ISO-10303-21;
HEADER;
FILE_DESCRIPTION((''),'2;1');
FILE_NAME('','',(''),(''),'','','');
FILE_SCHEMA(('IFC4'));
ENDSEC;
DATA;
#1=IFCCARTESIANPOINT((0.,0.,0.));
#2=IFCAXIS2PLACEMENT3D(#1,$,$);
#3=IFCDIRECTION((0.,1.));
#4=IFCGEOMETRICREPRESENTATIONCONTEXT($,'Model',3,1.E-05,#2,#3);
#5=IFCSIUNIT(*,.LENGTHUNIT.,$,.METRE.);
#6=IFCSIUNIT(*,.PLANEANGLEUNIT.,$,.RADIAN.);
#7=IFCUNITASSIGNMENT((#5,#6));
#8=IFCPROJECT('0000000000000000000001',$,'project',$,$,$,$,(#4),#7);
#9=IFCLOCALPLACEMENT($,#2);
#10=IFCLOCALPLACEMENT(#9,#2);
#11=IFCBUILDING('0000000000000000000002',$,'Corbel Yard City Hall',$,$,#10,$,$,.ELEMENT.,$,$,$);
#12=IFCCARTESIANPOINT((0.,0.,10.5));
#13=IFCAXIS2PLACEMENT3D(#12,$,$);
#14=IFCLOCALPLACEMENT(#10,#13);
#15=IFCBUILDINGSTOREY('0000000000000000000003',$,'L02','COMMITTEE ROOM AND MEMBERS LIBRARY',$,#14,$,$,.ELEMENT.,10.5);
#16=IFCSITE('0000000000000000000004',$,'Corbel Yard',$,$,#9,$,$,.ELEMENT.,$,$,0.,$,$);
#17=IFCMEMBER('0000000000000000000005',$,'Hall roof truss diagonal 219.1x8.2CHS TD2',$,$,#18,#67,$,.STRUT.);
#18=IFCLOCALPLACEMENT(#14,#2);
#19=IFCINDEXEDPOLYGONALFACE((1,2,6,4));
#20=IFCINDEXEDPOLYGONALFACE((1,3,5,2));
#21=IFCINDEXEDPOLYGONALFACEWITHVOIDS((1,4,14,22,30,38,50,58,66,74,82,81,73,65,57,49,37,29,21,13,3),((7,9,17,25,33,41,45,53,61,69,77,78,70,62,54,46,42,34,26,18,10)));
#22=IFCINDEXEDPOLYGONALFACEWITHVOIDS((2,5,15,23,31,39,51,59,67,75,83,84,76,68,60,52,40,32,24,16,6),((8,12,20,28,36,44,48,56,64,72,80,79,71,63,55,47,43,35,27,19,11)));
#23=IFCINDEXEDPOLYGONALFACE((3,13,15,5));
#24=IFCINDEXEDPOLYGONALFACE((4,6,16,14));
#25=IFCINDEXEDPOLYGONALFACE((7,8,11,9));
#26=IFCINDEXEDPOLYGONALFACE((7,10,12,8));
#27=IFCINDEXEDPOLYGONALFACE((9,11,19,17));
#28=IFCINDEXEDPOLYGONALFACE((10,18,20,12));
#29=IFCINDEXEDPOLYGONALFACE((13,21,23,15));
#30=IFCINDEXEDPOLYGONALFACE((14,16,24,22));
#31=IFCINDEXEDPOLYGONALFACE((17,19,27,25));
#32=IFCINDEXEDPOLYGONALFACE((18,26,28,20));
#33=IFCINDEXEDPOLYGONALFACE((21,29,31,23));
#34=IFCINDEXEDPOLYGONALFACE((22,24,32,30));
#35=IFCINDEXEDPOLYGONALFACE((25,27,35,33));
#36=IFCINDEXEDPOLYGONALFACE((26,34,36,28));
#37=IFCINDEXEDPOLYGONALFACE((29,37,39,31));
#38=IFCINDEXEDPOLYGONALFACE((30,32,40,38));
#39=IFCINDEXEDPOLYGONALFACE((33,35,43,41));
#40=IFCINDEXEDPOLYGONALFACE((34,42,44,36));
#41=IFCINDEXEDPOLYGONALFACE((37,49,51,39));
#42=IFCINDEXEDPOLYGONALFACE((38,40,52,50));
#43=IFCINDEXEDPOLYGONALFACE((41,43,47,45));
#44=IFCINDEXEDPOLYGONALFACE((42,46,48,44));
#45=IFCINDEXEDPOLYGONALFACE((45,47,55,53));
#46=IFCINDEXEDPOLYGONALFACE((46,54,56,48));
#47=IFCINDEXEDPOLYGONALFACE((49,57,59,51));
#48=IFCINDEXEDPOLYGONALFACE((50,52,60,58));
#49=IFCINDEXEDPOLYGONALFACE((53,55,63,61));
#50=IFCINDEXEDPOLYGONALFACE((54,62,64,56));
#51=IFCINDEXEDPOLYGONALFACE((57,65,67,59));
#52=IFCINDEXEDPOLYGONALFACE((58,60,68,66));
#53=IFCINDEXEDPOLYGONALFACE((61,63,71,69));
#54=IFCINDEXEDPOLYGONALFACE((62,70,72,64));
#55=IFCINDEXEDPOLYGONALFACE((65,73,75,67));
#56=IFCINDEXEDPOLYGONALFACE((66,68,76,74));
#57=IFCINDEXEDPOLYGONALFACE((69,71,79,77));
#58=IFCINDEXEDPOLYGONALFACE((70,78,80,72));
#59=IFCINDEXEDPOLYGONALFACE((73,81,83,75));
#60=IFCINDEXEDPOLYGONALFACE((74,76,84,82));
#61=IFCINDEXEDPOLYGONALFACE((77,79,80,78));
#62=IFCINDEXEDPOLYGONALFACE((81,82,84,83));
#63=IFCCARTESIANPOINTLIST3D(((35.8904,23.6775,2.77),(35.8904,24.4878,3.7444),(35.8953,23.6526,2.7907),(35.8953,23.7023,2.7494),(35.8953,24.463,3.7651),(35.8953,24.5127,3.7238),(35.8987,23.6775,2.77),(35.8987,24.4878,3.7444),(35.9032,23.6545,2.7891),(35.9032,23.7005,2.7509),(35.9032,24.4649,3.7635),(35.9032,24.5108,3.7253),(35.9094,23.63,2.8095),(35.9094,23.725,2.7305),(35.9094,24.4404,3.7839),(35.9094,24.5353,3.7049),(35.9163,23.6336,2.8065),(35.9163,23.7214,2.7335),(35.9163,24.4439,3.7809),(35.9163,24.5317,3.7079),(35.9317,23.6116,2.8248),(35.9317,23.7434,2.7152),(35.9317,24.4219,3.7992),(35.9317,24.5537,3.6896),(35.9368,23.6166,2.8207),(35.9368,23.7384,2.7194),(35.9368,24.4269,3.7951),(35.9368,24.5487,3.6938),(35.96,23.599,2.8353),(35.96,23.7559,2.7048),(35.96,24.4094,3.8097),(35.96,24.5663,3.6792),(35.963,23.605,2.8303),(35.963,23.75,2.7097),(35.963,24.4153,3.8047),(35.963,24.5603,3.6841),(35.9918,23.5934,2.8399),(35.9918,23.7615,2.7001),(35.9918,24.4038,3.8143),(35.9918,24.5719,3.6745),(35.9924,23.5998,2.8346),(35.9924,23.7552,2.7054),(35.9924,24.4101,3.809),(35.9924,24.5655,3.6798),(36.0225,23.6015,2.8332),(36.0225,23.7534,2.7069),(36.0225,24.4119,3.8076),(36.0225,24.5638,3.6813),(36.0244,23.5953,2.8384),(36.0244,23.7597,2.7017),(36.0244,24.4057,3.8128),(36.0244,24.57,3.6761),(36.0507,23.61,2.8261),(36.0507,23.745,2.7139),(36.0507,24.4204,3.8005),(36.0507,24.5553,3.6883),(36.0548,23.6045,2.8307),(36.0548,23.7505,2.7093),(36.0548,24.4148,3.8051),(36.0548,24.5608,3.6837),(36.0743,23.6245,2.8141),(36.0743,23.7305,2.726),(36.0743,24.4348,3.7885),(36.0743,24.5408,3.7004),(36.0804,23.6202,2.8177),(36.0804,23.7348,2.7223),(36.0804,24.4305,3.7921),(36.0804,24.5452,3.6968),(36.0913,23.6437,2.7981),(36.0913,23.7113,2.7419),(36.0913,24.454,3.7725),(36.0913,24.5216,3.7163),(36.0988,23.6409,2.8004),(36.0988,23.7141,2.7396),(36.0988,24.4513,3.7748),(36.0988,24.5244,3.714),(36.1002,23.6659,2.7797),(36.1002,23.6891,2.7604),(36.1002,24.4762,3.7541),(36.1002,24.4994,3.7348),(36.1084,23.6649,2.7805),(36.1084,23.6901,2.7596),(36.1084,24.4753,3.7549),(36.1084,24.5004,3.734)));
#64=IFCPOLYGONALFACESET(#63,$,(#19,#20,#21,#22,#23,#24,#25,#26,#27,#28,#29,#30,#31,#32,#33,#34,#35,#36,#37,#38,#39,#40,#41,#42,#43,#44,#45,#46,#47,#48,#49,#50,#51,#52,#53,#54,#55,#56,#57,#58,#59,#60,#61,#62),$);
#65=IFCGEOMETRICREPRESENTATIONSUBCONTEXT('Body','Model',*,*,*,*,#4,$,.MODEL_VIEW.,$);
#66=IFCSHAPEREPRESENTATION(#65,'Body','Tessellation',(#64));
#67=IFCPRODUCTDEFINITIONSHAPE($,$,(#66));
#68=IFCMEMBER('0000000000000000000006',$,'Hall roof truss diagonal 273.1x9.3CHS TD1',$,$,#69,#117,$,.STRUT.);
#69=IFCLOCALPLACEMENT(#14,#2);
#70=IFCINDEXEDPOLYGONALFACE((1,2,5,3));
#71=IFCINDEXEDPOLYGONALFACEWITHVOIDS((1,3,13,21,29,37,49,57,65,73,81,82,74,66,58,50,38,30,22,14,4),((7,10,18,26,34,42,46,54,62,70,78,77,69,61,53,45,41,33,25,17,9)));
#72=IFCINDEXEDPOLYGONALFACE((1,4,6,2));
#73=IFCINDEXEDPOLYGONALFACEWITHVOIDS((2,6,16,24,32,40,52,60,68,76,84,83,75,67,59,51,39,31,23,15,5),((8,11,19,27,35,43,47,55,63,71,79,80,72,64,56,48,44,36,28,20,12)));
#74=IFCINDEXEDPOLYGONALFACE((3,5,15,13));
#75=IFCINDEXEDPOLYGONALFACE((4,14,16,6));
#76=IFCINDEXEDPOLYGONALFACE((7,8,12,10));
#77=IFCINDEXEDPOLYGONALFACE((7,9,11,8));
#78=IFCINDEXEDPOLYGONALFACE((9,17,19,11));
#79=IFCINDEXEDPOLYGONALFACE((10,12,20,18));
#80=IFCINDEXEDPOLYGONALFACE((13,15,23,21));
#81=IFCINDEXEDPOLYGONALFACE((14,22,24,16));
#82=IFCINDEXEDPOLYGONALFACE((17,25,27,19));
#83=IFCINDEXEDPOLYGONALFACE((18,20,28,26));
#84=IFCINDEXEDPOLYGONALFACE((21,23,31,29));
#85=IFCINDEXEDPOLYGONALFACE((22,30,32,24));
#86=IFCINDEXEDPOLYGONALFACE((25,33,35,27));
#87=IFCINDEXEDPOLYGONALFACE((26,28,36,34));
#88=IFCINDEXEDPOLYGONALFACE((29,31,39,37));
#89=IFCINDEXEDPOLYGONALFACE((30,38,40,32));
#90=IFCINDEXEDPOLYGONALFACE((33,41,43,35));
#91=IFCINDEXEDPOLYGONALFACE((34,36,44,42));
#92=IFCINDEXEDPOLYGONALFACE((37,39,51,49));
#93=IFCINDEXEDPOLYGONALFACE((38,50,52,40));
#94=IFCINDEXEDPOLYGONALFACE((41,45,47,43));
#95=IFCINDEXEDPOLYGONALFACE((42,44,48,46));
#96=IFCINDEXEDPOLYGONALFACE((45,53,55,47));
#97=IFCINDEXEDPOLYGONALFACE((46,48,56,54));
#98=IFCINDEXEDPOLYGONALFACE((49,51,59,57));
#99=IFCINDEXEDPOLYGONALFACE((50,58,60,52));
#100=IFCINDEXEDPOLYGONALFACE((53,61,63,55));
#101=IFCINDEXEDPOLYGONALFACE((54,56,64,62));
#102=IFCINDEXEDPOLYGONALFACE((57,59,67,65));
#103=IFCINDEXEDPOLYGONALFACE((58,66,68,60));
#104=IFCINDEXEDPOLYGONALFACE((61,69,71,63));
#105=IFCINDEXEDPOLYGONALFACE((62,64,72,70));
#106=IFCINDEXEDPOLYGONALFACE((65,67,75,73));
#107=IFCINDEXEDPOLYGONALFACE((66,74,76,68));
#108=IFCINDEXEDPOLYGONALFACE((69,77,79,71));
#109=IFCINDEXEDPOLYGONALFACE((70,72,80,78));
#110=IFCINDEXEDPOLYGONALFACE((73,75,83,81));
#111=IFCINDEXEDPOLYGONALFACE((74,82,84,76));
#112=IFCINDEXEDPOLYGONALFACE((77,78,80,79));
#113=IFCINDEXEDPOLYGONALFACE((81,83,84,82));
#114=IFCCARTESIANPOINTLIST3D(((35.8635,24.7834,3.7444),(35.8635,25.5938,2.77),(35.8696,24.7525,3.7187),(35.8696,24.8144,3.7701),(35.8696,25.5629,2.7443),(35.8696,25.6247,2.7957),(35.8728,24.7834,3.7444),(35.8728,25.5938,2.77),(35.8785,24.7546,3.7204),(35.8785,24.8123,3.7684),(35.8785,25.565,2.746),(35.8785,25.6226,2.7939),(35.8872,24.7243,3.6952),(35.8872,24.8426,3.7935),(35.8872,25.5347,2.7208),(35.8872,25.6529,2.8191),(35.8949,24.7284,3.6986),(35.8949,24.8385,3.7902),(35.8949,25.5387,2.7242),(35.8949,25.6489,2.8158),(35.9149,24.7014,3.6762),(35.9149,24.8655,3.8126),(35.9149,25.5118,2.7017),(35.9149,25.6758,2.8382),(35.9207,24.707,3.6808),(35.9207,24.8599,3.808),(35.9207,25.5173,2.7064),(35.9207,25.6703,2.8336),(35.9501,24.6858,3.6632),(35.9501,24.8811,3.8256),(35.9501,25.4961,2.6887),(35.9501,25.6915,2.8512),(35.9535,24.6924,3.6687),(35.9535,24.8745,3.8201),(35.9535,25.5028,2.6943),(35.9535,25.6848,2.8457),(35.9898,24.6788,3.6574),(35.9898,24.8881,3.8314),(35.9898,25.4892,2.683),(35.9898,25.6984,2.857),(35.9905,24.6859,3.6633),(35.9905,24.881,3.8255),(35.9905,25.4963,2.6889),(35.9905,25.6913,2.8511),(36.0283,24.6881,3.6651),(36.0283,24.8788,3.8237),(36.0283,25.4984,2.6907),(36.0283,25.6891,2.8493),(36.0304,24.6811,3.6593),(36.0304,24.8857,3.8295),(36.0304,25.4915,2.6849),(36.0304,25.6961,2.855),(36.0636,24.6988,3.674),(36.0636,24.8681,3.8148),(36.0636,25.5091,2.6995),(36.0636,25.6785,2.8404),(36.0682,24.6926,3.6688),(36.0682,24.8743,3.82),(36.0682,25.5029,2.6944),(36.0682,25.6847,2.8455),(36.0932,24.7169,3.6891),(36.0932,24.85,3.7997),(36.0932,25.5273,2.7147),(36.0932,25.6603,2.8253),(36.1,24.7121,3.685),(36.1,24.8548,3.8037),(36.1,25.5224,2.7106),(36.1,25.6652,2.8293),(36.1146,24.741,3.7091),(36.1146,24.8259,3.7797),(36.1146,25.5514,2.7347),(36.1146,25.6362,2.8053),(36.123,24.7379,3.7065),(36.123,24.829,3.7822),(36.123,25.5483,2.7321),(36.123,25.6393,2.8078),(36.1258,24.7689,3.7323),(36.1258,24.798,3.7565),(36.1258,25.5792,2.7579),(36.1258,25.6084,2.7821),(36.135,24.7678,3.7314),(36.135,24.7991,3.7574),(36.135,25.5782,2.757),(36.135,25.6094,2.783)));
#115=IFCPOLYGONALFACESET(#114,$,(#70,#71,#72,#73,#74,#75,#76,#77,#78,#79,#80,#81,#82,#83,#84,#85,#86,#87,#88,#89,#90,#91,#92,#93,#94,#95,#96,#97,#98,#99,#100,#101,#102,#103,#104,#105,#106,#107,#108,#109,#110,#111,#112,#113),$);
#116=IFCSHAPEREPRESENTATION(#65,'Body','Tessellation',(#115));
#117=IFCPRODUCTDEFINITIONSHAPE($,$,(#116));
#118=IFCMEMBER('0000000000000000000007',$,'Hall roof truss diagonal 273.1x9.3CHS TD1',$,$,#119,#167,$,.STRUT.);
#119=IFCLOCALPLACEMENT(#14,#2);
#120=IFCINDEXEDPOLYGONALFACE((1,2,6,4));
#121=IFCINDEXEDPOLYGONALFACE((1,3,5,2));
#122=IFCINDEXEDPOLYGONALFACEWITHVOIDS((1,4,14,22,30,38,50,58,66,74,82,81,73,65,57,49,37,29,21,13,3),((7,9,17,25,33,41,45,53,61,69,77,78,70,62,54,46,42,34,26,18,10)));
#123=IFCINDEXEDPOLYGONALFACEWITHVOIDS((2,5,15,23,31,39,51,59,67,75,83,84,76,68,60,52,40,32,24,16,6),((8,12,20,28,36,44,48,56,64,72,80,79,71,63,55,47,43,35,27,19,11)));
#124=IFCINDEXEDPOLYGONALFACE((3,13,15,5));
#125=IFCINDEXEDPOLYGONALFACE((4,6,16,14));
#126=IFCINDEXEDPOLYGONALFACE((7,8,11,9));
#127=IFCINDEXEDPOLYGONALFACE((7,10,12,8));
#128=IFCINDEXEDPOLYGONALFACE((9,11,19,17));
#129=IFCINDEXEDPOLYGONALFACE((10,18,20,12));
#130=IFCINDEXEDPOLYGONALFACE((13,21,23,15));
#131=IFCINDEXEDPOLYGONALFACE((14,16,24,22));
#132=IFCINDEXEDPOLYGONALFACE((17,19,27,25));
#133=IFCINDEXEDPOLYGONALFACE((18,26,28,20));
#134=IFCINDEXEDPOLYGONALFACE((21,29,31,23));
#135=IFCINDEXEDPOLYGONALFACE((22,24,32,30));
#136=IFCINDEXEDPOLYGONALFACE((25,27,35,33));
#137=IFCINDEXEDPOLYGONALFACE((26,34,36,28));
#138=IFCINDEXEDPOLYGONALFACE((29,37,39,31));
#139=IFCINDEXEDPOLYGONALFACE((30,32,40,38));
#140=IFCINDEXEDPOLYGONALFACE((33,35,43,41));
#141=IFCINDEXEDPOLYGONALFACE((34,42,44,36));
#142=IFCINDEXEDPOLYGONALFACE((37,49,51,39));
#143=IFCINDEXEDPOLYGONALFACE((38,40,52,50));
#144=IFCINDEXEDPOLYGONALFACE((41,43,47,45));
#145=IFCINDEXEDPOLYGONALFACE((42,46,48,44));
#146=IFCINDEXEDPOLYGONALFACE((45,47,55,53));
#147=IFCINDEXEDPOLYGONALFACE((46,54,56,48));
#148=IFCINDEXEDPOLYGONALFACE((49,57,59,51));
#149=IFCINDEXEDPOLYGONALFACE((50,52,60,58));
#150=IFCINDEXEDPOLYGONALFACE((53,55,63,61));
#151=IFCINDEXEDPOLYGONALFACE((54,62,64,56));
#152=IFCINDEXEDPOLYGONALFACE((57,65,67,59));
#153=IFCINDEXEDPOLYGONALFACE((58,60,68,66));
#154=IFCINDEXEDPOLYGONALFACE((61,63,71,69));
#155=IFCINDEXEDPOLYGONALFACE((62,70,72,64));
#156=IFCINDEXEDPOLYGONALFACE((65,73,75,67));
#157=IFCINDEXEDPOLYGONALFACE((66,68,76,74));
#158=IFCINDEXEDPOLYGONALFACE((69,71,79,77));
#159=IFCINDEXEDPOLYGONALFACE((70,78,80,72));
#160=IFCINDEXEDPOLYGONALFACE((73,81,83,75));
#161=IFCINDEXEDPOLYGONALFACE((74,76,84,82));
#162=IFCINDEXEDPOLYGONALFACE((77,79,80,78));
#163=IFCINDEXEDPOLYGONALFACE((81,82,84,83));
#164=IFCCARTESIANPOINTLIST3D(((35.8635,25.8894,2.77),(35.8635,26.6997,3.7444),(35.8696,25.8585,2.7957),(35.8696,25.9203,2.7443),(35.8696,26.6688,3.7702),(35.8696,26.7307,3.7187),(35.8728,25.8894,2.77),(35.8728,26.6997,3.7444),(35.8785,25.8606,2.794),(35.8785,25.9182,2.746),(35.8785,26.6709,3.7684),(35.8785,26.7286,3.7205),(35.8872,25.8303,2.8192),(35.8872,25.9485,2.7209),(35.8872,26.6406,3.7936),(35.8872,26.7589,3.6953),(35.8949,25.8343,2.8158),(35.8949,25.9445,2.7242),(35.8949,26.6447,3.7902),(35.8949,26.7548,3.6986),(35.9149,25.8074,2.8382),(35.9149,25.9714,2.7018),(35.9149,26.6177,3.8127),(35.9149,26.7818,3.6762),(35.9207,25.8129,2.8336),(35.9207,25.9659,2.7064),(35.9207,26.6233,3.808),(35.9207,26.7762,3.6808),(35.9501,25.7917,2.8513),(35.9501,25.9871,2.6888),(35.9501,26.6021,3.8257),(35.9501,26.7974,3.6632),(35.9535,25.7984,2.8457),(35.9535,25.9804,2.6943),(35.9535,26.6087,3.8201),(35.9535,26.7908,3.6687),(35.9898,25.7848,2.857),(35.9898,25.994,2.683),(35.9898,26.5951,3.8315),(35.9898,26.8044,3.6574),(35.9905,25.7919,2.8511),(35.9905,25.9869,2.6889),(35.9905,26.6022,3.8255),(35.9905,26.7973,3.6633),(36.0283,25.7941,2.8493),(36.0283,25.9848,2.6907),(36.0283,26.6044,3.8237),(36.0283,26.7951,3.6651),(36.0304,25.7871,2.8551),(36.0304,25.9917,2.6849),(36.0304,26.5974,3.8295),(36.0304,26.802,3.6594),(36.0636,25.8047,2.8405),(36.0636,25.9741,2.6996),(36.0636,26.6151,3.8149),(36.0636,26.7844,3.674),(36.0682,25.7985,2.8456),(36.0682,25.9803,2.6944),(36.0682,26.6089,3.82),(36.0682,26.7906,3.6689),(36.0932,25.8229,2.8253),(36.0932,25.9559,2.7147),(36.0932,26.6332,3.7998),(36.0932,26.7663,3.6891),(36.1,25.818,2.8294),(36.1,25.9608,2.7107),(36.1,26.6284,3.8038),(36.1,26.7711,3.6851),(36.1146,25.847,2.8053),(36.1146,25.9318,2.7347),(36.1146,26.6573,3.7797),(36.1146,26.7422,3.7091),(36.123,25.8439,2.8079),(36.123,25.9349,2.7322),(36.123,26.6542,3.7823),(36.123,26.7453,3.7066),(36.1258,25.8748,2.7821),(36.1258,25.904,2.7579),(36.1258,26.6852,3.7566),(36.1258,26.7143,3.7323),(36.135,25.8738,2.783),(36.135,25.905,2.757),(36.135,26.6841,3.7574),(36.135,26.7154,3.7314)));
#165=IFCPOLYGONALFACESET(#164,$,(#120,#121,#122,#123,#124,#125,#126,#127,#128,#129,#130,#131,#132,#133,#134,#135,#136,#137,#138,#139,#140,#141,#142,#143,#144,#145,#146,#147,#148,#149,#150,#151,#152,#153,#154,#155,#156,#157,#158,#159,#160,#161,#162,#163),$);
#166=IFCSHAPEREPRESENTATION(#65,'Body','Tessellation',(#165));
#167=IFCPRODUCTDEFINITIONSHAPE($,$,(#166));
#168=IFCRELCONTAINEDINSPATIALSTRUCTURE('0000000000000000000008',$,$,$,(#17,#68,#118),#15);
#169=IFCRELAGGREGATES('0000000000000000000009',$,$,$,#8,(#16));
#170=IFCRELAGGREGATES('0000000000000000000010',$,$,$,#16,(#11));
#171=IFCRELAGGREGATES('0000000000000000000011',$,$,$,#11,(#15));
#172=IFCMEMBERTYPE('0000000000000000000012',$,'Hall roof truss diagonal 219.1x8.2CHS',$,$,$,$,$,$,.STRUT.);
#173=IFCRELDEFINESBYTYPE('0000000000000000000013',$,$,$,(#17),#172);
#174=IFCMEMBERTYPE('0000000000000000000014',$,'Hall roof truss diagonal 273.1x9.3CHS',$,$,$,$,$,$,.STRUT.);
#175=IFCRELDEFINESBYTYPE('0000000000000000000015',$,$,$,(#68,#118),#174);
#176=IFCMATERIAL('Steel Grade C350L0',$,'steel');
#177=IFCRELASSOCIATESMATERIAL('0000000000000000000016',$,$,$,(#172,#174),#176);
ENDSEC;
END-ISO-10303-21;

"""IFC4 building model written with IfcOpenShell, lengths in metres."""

from ifc_helpers import new_model, si_unit, direction, frame, origin, origin_2d, place, context, subcontext, project, spatial, hollow_circle, extrude, material, material_profile, profile_set, type_object, element, save


model = new_model("IFC4")

# Units and contexts
model_context = context("Model", 3, precision=1e-05, world=origin(), true_north=direction((0.0, 1.0)))
body_context = subcontext(model_context, "Body", "Model", "MODEL_VIEW")
ifc_project = project(units=[si_unit("LENGTHUNIT", "METRE"), si_unit("PLANEANGLEUNIT", "RADIAN")], contexts=[model_context])

# Site, building, storey
site_placement = place(None, origin())
site = spatial("IfcSite", under=ifc_project, at=site_placement, Name="Corbel Yard", CompositionType="ELEMENT", RefElevation=0.0)
building_placement = place(site_placement, origin())
building = spatial("IfcBuilding", under=site, at=building_placement, Name="Corbel Yard City Hall", CompositionType="ELEMENT")
storey_placement = place(building_placement, frame((0.0, 0.0, 10.5)))
storey = spatial("IfcBuildingStorey", under=building, at=storey_placement, Name="L02", Description="COMMITTEE ROOM AND MEMBERS LIBRARY", CompositionType="ELEMENT", Elevation=10.5)

# Members
ifc_material_1 = material(Name="Steel Grade C350L0", Category="steel")
ifc_material_profile_1 = material_profile(ifc_material_1, hollow_circle(Radius=0.1096, WallThickness=0.0083, at=origin_2d()), Name="219.1x8.2CHS")
ifc_profile_set_1 = profile_set([ifc_material_profile_1], Name="Steel Grade C350L0")
member_type_1 = type_object("IfcMemberType", Name="Hall roof truss diagonal 219.1x8.2CHS", PredefinedType="STRUT", material=ifc_profile_set_1)
for number, where, z_axis, x_axis, name in (
    (1, (36.0, 23.6775, 2.77), (0.0, 0.639407, 0.768868), (-1.0, 0.0, 0.0), "Hall roof truss diagonal 219.1x8.2CHS TD2"),
):
    element("IfcMember", number, at=place(storey_placement, frame(where, z_axis=z_axis, x_axis=x_axis)), inside=storey, type_object=member_type_1, Name=name, PredefinedType="STRUT", context=body_context, shape_type="SweptSolid", body=[
        extrude(hollow_circle(Radius=0.1096, WallThickness=0.0083, at=origin_2d()), origin(), (0.0, 0.0, 1.0), 1.2673),
    ])
ifc_material_profile_2 = material_profile(ifc_material_1, hollow_circle(Radius=0.1365, WallThickness=0.0093, at=origin_2d()), Name="273.1x9.3CHS")
ifc_profile_set_2 = profile_set([ifc_material_profile_2], Name="Steel Grade C350L0")
member_type_2 = type_object("IfcMemberType", Name="Hall roof truss diagonal 273.1x9.3CHS", PredefinedType="STRUT", material=ifc_profile_set_2)
for number, where, z_axis, x_axis, name in (
    (2, (36.0, 24.7834, 3.7444), (0.0, 0.639407, -0.768868), (-1.0, 0.0, 0.0), "Hall roof truss diagonal 273.1x9.3CHS TD1"),
    (3, (36.0, 25.8894, 2.77), (0.0, 0.639407, 0.768868), (-1.0, 0.0, 0.0), "Hall roof truss diagonal 273.1x9.3CHS TD1"),
):
    element("IfcMember", number, at=place(storey_placement, frame(where, z_axis=z_axis, x_axis=x_axis)), inside=storey, type_object=member_type_2, Name=name, PredefinedType="STRUT", context=body_context, shape_type="SweptSolid", body=[
        extrude(hollow_circle(Radius=0.1365, WallThickness=0.0093, at=origin_2d()), origin(), (0.0, 0.0, 1.0), 1.2673),
    ])

save(model, "model.ifc")
